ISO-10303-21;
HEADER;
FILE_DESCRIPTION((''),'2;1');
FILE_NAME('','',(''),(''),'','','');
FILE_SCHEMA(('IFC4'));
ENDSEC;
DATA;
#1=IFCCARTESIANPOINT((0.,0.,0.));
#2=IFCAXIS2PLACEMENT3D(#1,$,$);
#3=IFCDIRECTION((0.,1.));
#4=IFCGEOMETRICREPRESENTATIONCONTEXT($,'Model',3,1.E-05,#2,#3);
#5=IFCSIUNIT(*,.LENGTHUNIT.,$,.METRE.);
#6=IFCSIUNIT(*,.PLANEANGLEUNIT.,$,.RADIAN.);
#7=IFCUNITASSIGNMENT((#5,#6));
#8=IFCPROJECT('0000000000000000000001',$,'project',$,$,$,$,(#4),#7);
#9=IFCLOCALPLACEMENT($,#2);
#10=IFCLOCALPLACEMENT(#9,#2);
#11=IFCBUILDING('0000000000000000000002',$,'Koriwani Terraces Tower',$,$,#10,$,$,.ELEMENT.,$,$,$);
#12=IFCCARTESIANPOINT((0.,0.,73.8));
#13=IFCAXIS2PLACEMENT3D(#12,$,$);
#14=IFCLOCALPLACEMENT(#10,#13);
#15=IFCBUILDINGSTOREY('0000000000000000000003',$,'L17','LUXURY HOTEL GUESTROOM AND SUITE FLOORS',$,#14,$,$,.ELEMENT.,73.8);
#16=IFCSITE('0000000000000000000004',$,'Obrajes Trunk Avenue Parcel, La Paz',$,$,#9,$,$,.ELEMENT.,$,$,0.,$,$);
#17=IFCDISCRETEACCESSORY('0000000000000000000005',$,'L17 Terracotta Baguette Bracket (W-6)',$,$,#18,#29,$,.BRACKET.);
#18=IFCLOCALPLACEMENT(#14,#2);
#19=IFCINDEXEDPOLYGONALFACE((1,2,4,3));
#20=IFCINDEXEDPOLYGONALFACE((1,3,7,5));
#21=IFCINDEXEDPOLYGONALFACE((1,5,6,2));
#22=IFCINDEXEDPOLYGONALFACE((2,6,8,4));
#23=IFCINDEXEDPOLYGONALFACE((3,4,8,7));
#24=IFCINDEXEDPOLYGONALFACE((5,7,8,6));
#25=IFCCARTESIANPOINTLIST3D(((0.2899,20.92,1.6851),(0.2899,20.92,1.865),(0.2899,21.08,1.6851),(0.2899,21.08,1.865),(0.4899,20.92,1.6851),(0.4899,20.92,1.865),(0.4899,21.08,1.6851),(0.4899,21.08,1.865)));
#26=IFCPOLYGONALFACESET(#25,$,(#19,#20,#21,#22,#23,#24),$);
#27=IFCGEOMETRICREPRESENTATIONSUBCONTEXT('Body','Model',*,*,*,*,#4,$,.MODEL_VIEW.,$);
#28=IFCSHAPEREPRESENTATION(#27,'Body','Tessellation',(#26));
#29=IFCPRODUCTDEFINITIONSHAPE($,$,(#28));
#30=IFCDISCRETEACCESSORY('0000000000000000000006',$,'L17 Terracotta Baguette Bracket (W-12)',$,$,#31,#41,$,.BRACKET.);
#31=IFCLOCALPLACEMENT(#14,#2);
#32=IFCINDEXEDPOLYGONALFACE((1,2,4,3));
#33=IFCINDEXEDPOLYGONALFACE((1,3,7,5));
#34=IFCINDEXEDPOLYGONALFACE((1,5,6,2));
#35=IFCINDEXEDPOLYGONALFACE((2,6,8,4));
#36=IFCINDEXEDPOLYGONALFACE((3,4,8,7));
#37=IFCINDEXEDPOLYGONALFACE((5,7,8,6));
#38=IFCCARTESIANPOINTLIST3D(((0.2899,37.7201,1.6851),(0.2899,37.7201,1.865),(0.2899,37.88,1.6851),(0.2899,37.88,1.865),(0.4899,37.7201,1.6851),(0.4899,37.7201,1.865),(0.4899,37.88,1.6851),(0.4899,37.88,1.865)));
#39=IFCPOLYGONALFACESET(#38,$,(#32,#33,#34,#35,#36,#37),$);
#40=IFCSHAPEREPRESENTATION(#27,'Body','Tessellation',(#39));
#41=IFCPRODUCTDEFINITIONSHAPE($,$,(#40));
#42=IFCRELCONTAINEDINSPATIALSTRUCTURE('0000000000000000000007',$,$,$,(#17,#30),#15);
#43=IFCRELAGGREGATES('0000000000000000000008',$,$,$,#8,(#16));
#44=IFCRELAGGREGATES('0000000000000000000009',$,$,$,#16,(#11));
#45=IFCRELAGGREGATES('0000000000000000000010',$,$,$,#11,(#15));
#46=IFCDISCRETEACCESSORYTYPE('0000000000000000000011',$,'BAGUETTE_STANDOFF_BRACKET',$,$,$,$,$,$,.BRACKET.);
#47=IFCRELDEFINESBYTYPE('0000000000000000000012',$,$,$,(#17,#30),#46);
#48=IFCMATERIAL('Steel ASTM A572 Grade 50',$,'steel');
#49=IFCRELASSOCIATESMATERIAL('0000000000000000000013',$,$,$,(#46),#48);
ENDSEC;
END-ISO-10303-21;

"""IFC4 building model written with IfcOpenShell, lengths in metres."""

from ifc_helpers import new_model, si_unit, direction, frame, origin, origin_2d, place, context, subcontext, project, spatial, rectangle, extrude, material, type_object, element, save


model = new_model("IFC4")

# Units and contexts
model_context = context("Model", 3, precision=1e-05, world=origin(), true_north=direction((0.0, 1.0)))
body_context = subcontext(model_context, "Body", "Model", "MODEL_VIEW")
ifc_project = project(units=[si_unit("LENGTHUNIT", "METRE"), si_unit("PLANEANGLEUNIT", "RADIAN")], contexts=[model_context])

# Site, building, storey
site_placement = place(None, origin())
site = spatial("IfcSite", under=ifc_project, at=site_placement, Name="Obrajes Trunk Avenue Parcel, La Paz", CompositionType="ELEMENT", RefElevation=0.0)
building_placement = place(site_placement, origin())
building = spatial("IfcBuilding", under=site, at=building_placement, Name="Koriwani Terraces Tower", CompositionType="ELEMENT")
storey_placement = place(building_placement, frame((0.0, 0.0, 73.8)))
storey = spatial("IfcBuildingStorey", under=building, at=storey_placement, Name="L17", Description="LUXURY HOTEL GUESTROOM AND SUITE FLOORS", CompositionType="ELEMENT", Elevation=73.8)

# Shared definitions
ifc_material_1 = material(Name="Steel ASTM A572 Grade 50", Category="steel")

# Discrete accessories
discrete_accessory_type = type_object("IfcDiscreteAccessoryType", Name="BAGUETTE_STANDOFF_BRACKET", PredefinedType="BRACKET", material=ifc_material_1)
for number, where, z_axis, x_axis, name in (
    (1, (0.3899, 21.0, 1.6851), (0.0, 0.0, 1.0), (0.0, 1.0, 0.0), "L17 Terracotta Baguette Bracket (W-6)"),
    (2, (0.3899, 37.8, 1.6851), (0.0, 0.0, 1.0), (0.0, 1.0, 0.0), "L17 Terracotta Baguette Bracket (W-12)"),
):
    element("IfcDiscreteAccessory", number, at=place(storey_placement, frame(where, z_axis=z_axis, x_axis=x_axis)), inside=storey, type_object=discrete_accessory_type, Name=name, PredefinedType="BRACKET", context=body_context, shape_type="SweptSolid", body=[
        extrude(rectangle(XDim=0.1599, YDim=0.2, at=origin_2d()), origin(), (0.0, 0.0, 1.0), 0.1799),
    ])

save(model, "model.ifc")
